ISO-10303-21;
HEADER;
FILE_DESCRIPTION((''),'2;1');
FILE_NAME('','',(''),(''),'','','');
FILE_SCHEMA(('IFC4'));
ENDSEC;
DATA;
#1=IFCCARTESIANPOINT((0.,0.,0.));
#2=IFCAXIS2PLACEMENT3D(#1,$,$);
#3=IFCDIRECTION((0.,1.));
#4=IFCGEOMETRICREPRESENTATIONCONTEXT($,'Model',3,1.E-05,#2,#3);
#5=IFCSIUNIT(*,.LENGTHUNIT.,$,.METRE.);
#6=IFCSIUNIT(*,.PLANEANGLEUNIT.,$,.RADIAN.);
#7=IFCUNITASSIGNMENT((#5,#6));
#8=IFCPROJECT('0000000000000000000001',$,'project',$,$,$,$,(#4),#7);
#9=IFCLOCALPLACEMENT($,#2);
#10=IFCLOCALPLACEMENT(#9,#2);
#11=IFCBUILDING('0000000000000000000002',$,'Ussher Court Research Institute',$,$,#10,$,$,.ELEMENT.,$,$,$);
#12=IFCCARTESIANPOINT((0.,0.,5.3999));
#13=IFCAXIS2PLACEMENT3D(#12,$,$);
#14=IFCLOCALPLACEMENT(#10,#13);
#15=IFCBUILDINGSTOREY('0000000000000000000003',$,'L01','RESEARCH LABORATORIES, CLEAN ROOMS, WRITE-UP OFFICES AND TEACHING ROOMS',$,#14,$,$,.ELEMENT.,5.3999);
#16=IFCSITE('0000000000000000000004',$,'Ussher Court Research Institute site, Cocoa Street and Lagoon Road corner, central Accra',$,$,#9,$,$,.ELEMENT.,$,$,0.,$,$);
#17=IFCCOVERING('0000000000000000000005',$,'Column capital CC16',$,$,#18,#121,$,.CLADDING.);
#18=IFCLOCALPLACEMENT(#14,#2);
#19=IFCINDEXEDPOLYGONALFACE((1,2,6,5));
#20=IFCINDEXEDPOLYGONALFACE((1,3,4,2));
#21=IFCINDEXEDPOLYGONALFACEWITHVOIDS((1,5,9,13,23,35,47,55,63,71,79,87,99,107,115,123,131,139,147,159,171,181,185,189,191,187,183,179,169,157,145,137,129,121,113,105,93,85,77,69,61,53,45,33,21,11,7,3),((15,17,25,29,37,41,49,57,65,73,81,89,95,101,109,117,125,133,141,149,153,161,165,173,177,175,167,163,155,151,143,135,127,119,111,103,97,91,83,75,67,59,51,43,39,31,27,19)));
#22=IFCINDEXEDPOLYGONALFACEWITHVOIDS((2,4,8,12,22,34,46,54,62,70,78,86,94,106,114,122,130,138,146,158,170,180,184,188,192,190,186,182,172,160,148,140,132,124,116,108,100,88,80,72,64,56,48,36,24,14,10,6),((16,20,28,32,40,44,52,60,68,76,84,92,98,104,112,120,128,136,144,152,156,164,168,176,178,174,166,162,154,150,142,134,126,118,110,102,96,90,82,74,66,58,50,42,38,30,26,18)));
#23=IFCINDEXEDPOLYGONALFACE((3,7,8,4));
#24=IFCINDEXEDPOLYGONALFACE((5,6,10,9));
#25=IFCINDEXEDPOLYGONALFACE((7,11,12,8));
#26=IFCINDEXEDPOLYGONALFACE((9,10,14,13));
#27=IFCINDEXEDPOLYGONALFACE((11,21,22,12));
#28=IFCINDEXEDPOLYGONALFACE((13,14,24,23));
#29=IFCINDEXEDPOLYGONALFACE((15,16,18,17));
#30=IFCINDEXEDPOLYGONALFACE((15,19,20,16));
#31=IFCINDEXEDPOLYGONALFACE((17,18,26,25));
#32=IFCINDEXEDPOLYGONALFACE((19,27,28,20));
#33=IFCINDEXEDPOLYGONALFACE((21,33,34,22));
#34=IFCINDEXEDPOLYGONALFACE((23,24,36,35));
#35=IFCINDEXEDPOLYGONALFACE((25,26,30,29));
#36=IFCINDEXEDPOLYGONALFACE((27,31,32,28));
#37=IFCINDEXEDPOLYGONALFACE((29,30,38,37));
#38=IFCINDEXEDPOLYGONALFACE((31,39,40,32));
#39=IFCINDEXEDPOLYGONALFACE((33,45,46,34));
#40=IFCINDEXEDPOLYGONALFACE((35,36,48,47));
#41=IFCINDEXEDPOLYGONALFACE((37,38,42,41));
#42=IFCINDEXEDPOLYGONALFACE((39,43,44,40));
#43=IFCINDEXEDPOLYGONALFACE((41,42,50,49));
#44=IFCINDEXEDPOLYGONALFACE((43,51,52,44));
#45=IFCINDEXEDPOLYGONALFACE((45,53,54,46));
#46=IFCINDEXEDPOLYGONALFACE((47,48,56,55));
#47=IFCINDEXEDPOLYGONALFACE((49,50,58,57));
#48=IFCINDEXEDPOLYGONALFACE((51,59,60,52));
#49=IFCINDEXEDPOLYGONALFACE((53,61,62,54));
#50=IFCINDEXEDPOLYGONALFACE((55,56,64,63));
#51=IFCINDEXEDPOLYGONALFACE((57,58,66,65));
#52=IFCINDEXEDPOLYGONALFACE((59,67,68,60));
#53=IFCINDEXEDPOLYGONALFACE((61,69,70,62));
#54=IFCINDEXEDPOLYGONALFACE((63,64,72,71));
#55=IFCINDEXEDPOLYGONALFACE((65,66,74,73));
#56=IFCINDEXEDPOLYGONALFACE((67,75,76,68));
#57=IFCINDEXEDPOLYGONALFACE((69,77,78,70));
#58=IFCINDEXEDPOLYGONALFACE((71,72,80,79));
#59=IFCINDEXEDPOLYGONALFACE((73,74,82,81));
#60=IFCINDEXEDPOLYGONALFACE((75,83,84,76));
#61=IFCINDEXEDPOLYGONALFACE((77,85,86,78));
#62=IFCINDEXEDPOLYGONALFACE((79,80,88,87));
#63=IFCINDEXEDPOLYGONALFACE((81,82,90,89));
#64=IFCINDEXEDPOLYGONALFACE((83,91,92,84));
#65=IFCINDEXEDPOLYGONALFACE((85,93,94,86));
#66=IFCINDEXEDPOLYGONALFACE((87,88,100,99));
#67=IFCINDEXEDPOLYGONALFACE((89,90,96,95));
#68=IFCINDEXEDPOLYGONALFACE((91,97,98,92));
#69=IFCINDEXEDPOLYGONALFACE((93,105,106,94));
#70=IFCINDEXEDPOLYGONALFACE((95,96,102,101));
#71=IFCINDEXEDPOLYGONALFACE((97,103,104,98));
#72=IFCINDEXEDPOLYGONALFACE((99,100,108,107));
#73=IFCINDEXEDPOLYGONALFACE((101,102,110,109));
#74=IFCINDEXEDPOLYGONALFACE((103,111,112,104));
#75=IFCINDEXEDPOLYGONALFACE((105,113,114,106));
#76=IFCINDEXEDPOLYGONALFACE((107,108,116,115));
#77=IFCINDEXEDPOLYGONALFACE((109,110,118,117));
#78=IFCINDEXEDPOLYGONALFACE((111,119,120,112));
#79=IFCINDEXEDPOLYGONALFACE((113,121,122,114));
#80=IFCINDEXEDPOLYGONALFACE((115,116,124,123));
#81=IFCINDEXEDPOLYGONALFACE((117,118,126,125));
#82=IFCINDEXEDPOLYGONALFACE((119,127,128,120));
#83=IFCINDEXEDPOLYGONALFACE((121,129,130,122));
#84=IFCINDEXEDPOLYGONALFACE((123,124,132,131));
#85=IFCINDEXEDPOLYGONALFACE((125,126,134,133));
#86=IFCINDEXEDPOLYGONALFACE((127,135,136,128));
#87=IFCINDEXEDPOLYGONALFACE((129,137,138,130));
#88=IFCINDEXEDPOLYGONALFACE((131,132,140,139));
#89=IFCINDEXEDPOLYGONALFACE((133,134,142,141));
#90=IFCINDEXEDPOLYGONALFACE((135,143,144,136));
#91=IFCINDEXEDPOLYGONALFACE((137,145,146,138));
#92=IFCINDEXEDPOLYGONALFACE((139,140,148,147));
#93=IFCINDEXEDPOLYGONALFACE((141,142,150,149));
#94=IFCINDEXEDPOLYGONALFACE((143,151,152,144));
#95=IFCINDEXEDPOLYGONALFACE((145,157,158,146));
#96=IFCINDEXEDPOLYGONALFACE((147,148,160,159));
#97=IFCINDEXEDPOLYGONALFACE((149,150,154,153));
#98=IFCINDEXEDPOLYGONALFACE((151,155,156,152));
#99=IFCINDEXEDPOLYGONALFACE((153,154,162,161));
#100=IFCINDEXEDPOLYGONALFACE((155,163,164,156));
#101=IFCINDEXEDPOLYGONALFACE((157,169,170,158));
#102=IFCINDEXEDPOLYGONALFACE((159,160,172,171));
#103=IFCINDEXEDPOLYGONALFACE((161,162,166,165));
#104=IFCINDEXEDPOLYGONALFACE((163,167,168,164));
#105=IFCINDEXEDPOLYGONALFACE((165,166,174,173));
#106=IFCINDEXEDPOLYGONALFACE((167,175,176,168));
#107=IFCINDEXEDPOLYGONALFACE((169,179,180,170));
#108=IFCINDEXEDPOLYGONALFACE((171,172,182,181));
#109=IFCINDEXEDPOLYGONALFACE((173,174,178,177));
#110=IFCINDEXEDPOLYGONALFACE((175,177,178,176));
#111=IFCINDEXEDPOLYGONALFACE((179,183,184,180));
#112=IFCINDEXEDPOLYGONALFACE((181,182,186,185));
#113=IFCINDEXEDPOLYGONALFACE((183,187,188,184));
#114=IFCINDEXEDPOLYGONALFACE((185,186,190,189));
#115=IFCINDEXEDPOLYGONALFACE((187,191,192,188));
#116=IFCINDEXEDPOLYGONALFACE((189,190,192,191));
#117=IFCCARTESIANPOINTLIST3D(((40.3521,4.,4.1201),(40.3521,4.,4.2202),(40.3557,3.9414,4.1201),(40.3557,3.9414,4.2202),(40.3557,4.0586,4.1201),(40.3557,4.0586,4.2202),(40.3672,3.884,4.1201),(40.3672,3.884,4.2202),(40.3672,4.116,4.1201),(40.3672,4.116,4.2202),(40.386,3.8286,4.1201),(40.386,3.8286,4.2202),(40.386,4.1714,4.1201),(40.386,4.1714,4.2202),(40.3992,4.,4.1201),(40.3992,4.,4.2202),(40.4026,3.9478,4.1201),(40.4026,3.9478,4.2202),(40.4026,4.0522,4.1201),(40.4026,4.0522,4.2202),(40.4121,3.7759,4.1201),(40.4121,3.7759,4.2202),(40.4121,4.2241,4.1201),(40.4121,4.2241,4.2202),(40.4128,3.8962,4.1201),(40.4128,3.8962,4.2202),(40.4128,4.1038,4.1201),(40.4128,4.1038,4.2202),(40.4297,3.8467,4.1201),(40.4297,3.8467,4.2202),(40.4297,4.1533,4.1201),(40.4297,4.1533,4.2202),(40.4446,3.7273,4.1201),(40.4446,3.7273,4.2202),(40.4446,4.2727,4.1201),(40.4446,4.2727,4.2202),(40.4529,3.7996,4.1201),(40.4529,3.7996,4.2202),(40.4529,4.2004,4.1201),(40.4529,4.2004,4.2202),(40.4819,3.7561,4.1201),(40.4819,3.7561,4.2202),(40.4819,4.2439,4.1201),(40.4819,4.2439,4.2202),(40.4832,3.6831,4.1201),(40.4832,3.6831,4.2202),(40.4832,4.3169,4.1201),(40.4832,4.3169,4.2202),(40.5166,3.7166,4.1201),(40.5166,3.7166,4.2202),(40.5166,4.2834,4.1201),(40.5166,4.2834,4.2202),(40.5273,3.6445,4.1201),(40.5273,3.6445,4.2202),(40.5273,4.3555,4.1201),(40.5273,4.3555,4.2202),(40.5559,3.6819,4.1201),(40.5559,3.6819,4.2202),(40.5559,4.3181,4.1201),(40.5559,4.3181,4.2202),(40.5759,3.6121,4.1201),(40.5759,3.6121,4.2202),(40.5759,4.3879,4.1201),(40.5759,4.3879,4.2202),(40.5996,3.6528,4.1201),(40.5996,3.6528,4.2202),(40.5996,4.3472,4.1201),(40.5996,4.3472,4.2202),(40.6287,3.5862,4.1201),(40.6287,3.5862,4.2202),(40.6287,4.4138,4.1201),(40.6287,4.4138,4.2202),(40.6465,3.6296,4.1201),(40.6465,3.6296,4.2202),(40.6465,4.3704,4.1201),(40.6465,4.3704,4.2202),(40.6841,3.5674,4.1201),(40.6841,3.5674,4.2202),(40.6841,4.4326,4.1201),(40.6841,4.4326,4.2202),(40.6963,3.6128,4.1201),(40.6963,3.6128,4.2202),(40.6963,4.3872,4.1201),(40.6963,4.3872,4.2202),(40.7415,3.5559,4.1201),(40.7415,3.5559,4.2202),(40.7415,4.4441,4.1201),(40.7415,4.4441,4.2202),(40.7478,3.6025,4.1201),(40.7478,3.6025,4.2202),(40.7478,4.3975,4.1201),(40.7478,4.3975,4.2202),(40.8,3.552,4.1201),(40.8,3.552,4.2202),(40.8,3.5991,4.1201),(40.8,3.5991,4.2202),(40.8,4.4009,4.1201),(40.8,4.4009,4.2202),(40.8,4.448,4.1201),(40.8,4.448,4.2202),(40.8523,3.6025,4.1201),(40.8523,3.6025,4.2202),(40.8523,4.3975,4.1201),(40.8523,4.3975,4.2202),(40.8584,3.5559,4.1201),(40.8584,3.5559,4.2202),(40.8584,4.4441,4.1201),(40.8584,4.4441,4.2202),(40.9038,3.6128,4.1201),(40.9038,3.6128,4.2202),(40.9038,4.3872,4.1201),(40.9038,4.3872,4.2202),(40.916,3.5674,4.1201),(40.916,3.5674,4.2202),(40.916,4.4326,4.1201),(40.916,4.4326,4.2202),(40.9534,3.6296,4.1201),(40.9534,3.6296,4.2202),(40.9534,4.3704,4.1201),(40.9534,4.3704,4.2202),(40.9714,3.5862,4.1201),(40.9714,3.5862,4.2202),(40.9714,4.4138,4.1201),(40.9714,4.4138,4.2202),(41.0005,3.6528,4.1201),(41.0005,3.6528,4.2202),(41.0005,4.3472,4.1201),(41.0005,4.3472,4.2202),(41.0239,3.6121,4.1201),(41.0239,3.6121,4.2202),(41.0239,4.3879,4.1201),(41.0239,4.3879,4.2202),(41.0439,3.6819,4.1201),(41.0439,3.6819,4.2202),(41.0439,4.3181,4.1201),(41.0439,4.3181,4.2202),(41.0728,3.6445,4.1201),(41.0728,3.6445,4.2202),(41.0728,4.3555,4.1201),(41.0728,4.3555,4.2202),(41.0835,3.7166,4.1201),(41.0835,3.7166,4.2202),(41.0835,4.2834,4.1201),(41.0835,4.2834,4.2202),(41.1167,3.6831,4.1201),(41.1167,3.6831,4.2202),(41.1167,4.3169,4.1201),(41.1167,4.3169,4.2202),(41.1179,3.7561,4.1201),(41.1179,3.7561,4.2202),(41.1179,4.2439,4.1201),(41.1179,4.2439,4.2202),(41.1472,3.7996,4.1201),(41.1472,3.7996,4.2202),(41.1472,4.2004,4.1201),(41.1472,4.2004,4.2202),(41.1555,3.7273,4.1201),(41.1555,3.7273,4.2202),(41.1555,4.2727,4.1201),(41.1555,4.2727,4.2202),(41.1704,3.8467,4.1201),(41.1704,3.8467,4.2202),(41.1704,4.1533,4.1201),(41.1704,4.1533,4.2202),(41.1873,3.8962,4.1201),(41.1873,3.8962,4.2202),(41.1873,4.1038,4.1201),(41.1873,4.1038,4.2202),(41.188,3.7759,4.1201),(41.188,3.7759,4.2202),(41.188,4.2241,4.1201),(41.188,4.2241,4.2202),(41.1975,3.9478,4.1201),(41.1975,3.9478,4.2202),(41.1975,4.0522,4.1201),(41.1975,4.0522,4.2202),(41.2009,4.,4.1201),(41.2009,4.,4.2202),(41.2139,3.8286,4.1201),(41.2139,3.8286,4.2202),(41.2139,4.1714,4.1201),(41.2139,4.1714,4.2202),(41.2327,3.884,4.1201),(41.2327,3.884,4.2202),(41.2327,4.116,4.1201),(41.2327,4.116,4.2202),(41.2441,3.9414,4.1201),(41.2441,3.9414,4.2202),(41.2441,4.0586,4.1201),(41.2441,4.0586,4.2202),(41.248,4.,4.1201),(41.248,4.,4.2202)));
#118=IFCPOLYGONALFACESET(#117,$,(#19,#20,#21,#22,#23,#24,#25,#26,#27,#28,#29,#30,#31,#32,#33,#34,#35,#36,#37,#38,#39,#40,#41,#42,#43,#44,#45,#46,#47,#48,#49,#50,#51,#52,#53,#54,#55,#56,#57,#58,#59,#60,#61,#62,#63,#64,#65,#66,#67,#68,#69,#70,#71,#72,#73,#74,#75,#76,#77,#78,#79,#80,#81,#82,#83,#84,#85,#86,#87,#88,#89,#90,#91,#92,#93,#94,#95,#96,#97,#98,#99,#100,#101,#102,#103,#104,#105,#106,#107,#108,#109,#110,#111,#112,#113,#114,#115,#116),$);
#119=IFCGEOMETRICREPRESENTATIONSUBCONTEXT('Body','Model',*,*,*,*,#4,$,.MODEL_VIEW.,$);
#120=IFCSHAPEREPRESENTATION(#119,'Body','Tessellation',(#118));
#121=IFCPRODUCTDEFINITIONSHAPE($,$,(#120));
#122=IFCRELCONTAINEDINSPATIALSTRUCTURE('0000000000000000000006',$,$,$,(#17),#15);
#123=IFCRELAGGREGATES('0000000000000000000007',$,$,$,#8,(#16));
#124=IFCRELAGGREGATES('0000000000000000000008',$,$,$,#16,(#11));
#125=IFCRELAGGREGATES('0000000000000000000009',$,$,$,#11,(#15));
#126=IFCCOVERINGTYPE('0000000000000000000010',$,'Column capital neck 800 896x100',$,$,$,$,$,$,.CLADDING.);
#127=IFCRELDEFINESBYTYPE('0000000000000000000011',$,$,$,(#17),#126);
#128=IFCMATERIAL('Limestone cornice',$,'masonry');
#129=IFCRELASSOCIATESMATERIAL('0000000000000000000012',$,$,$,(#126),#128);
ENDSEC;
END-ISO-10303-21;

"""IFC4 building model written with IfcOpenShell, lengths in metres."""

from ifc_helpers import new_model, si_unit, direction, frame, origin, place, context, subcontext, project, spatial, polyline, outline, extrude, material, type_object, element, save


model = new_model("IFC4")

# Units and contexts
model_context = context("Model", 3, precision=1e-05, world=origin(), true_north=direction((0.0, 1.0)))
body_context = subcontext(model_context, "Body", "Model", "MODEL_VIEW")
ifc_project = project(units=[si_unit("LENGTHUNIT", "METRE"), si_unit("PLANEANGLEUNIT", "RADIAN")], contexts=[model_context])

# Site, building, storey
site_placement = place(None, origin())
site = spatial("IfcSite", under=ifc_project, at=site_placement, Name="Ussher Court Research Institute site, Cocoa Street and Lagoon Road corner, central Accra", CompositionType="ELEMENT", RefElevation=0.0)
building_placement = place(site_placement, origin())
building = spatial("IfcBuilding", under=site, at=building_placement, Name="Ussher Court Research Institute", CompositionType="ELEMENT")
storey_placement = place(building_placement, frame((0.0, 0.0, 5.3999)))
storey = spatial("IfcBuildingStorey", under=building, at=storey_placement, Name="L01", Description="RESEARCH LABORATORIES, CLEAN ROOMS, WRITE-UP OFFICES AND TEACHING ROOMS", CompositionType="ELEMENT", Elevation=5.3999)

# Covering
ifc_material_1 = material(Name="Limestone cornice", Category="masonry")
covering_type_1 = type_object("IfcCoveringType", Name="Column capital neck 800 896x100", PredefinedType="CLADDING", material=ifc_material_1)
covering_1_placement = place(storey_placement, frame((0.0, 0.0, 4.1201)))
element("IfcCovering", 1, at=covering_1_placement, inside=storey, type_object=covering_type_1, Name="Column capital CC16", PredefinedType="CLADDING", context=body_context, shape_type="SweptSolid", body=[
    extrude(outline(polyline([(41.248, 4.0), (41.2441, 4.0586), (41.2327, 4.116), (41.2139, 4.1714), (41.188, 4.2241), (41.1555, 4.2727), (41.1167, 4.3169), (41.0728, 4.3555), (41.0239, 4.3879), (40.9714, 4.4138), (40.916, 4.4326), (40.8584, 4.4441), (40.8, 4.448), (40.7415, 4.4441), (40.6841, 4.4326), (40.6287, 4.4138), (40.5759, 4.3879), (40.5273, 4.3555), (40.4832, 4.3169), (40.4446, 4.2727), (40.4121, 4.2241), (40.386, 4.1714), (40.3672, 4.116), (40.3557, 4.0586), (40.3521, 4.0), (40.3557, 3.9414), (40.3672, 3.884), (40.386, 3.8286), (40.4121, 3.7759), (40.4446, 3.7273), (40.4832, 3.6831), (40.5273, 3.6445), (40.5759, 3.6121), (40.6287, 3.5862), (40.6841, 3.5674), (40.7415, 3.5559), (40.8, 3.552), (40.8584, 3.5559), (40.916, 3.5674), (40.9714, 3.5862), (41.0239, 3.6121), (41.0728, 3.6445), (41.1167, 3.6831), (41.1555, 3.7273), (41.188, 3.7759), (41.2139, 3.8286), (41.2327, 3.884), (41.2441, 3.9414), (41.248, 4.0)]), holes=[polyline([(41.2009, 4.0), (41.1975, 4.0522), (41.1873, 4.1038), (41.1704, 4.1533), (41.1472, 4.2004), (41.1179, 4.2439), (41.0835, 4.2834), (41.0439, 4.3181), (41.0005, 4.3472), (40.9534, 4.3704), (40.9038, 4.3872), (40.8523, 4.3975), (40.8, 4.4009), (40.7478, 4.3975), (40.6963, 4.3872), (40.6465, 4.3704), (40.5996, 4.3472), (40.5559, 4.3181), (40.5166, 4.2834), (40.4819, 4.2439), (40.4529, 4.2004), (40.4297, 4.1533), (40.4128, 4.1038), (40.4026, 4.0522), (40.3992, 4.0), (40.4026, 3.9478), (40.4128, 3.8962), (40.4297, 3.8467), (40.4529, 3.7996), (40.4819, 3.7561), (40.5166, 3.7166), (40.5559, 3.6819), (40.5996, 3.6528), (40.6465, 3.6296), (40.6963, 3.6128), (40.7478, 3.6025), (40.8, 3.5991), (40.8523, 3.6025), (40.9038, 3.6128), (40.9534, 3.6296), (41.0005, 3.6528), (41.0439, 3.6819), (41.0835, 3.7166), (41.1179, 3.7561), (41.1472, 3.7996), (41.1704, 3.8467), (41.1873, 3.8962), (41.1975, 3.9478), (41.2009, 4.0)])]), origin(), (0.0, 0.0, 1.0), 0.1001),
])

save(model, "model.ifc")
